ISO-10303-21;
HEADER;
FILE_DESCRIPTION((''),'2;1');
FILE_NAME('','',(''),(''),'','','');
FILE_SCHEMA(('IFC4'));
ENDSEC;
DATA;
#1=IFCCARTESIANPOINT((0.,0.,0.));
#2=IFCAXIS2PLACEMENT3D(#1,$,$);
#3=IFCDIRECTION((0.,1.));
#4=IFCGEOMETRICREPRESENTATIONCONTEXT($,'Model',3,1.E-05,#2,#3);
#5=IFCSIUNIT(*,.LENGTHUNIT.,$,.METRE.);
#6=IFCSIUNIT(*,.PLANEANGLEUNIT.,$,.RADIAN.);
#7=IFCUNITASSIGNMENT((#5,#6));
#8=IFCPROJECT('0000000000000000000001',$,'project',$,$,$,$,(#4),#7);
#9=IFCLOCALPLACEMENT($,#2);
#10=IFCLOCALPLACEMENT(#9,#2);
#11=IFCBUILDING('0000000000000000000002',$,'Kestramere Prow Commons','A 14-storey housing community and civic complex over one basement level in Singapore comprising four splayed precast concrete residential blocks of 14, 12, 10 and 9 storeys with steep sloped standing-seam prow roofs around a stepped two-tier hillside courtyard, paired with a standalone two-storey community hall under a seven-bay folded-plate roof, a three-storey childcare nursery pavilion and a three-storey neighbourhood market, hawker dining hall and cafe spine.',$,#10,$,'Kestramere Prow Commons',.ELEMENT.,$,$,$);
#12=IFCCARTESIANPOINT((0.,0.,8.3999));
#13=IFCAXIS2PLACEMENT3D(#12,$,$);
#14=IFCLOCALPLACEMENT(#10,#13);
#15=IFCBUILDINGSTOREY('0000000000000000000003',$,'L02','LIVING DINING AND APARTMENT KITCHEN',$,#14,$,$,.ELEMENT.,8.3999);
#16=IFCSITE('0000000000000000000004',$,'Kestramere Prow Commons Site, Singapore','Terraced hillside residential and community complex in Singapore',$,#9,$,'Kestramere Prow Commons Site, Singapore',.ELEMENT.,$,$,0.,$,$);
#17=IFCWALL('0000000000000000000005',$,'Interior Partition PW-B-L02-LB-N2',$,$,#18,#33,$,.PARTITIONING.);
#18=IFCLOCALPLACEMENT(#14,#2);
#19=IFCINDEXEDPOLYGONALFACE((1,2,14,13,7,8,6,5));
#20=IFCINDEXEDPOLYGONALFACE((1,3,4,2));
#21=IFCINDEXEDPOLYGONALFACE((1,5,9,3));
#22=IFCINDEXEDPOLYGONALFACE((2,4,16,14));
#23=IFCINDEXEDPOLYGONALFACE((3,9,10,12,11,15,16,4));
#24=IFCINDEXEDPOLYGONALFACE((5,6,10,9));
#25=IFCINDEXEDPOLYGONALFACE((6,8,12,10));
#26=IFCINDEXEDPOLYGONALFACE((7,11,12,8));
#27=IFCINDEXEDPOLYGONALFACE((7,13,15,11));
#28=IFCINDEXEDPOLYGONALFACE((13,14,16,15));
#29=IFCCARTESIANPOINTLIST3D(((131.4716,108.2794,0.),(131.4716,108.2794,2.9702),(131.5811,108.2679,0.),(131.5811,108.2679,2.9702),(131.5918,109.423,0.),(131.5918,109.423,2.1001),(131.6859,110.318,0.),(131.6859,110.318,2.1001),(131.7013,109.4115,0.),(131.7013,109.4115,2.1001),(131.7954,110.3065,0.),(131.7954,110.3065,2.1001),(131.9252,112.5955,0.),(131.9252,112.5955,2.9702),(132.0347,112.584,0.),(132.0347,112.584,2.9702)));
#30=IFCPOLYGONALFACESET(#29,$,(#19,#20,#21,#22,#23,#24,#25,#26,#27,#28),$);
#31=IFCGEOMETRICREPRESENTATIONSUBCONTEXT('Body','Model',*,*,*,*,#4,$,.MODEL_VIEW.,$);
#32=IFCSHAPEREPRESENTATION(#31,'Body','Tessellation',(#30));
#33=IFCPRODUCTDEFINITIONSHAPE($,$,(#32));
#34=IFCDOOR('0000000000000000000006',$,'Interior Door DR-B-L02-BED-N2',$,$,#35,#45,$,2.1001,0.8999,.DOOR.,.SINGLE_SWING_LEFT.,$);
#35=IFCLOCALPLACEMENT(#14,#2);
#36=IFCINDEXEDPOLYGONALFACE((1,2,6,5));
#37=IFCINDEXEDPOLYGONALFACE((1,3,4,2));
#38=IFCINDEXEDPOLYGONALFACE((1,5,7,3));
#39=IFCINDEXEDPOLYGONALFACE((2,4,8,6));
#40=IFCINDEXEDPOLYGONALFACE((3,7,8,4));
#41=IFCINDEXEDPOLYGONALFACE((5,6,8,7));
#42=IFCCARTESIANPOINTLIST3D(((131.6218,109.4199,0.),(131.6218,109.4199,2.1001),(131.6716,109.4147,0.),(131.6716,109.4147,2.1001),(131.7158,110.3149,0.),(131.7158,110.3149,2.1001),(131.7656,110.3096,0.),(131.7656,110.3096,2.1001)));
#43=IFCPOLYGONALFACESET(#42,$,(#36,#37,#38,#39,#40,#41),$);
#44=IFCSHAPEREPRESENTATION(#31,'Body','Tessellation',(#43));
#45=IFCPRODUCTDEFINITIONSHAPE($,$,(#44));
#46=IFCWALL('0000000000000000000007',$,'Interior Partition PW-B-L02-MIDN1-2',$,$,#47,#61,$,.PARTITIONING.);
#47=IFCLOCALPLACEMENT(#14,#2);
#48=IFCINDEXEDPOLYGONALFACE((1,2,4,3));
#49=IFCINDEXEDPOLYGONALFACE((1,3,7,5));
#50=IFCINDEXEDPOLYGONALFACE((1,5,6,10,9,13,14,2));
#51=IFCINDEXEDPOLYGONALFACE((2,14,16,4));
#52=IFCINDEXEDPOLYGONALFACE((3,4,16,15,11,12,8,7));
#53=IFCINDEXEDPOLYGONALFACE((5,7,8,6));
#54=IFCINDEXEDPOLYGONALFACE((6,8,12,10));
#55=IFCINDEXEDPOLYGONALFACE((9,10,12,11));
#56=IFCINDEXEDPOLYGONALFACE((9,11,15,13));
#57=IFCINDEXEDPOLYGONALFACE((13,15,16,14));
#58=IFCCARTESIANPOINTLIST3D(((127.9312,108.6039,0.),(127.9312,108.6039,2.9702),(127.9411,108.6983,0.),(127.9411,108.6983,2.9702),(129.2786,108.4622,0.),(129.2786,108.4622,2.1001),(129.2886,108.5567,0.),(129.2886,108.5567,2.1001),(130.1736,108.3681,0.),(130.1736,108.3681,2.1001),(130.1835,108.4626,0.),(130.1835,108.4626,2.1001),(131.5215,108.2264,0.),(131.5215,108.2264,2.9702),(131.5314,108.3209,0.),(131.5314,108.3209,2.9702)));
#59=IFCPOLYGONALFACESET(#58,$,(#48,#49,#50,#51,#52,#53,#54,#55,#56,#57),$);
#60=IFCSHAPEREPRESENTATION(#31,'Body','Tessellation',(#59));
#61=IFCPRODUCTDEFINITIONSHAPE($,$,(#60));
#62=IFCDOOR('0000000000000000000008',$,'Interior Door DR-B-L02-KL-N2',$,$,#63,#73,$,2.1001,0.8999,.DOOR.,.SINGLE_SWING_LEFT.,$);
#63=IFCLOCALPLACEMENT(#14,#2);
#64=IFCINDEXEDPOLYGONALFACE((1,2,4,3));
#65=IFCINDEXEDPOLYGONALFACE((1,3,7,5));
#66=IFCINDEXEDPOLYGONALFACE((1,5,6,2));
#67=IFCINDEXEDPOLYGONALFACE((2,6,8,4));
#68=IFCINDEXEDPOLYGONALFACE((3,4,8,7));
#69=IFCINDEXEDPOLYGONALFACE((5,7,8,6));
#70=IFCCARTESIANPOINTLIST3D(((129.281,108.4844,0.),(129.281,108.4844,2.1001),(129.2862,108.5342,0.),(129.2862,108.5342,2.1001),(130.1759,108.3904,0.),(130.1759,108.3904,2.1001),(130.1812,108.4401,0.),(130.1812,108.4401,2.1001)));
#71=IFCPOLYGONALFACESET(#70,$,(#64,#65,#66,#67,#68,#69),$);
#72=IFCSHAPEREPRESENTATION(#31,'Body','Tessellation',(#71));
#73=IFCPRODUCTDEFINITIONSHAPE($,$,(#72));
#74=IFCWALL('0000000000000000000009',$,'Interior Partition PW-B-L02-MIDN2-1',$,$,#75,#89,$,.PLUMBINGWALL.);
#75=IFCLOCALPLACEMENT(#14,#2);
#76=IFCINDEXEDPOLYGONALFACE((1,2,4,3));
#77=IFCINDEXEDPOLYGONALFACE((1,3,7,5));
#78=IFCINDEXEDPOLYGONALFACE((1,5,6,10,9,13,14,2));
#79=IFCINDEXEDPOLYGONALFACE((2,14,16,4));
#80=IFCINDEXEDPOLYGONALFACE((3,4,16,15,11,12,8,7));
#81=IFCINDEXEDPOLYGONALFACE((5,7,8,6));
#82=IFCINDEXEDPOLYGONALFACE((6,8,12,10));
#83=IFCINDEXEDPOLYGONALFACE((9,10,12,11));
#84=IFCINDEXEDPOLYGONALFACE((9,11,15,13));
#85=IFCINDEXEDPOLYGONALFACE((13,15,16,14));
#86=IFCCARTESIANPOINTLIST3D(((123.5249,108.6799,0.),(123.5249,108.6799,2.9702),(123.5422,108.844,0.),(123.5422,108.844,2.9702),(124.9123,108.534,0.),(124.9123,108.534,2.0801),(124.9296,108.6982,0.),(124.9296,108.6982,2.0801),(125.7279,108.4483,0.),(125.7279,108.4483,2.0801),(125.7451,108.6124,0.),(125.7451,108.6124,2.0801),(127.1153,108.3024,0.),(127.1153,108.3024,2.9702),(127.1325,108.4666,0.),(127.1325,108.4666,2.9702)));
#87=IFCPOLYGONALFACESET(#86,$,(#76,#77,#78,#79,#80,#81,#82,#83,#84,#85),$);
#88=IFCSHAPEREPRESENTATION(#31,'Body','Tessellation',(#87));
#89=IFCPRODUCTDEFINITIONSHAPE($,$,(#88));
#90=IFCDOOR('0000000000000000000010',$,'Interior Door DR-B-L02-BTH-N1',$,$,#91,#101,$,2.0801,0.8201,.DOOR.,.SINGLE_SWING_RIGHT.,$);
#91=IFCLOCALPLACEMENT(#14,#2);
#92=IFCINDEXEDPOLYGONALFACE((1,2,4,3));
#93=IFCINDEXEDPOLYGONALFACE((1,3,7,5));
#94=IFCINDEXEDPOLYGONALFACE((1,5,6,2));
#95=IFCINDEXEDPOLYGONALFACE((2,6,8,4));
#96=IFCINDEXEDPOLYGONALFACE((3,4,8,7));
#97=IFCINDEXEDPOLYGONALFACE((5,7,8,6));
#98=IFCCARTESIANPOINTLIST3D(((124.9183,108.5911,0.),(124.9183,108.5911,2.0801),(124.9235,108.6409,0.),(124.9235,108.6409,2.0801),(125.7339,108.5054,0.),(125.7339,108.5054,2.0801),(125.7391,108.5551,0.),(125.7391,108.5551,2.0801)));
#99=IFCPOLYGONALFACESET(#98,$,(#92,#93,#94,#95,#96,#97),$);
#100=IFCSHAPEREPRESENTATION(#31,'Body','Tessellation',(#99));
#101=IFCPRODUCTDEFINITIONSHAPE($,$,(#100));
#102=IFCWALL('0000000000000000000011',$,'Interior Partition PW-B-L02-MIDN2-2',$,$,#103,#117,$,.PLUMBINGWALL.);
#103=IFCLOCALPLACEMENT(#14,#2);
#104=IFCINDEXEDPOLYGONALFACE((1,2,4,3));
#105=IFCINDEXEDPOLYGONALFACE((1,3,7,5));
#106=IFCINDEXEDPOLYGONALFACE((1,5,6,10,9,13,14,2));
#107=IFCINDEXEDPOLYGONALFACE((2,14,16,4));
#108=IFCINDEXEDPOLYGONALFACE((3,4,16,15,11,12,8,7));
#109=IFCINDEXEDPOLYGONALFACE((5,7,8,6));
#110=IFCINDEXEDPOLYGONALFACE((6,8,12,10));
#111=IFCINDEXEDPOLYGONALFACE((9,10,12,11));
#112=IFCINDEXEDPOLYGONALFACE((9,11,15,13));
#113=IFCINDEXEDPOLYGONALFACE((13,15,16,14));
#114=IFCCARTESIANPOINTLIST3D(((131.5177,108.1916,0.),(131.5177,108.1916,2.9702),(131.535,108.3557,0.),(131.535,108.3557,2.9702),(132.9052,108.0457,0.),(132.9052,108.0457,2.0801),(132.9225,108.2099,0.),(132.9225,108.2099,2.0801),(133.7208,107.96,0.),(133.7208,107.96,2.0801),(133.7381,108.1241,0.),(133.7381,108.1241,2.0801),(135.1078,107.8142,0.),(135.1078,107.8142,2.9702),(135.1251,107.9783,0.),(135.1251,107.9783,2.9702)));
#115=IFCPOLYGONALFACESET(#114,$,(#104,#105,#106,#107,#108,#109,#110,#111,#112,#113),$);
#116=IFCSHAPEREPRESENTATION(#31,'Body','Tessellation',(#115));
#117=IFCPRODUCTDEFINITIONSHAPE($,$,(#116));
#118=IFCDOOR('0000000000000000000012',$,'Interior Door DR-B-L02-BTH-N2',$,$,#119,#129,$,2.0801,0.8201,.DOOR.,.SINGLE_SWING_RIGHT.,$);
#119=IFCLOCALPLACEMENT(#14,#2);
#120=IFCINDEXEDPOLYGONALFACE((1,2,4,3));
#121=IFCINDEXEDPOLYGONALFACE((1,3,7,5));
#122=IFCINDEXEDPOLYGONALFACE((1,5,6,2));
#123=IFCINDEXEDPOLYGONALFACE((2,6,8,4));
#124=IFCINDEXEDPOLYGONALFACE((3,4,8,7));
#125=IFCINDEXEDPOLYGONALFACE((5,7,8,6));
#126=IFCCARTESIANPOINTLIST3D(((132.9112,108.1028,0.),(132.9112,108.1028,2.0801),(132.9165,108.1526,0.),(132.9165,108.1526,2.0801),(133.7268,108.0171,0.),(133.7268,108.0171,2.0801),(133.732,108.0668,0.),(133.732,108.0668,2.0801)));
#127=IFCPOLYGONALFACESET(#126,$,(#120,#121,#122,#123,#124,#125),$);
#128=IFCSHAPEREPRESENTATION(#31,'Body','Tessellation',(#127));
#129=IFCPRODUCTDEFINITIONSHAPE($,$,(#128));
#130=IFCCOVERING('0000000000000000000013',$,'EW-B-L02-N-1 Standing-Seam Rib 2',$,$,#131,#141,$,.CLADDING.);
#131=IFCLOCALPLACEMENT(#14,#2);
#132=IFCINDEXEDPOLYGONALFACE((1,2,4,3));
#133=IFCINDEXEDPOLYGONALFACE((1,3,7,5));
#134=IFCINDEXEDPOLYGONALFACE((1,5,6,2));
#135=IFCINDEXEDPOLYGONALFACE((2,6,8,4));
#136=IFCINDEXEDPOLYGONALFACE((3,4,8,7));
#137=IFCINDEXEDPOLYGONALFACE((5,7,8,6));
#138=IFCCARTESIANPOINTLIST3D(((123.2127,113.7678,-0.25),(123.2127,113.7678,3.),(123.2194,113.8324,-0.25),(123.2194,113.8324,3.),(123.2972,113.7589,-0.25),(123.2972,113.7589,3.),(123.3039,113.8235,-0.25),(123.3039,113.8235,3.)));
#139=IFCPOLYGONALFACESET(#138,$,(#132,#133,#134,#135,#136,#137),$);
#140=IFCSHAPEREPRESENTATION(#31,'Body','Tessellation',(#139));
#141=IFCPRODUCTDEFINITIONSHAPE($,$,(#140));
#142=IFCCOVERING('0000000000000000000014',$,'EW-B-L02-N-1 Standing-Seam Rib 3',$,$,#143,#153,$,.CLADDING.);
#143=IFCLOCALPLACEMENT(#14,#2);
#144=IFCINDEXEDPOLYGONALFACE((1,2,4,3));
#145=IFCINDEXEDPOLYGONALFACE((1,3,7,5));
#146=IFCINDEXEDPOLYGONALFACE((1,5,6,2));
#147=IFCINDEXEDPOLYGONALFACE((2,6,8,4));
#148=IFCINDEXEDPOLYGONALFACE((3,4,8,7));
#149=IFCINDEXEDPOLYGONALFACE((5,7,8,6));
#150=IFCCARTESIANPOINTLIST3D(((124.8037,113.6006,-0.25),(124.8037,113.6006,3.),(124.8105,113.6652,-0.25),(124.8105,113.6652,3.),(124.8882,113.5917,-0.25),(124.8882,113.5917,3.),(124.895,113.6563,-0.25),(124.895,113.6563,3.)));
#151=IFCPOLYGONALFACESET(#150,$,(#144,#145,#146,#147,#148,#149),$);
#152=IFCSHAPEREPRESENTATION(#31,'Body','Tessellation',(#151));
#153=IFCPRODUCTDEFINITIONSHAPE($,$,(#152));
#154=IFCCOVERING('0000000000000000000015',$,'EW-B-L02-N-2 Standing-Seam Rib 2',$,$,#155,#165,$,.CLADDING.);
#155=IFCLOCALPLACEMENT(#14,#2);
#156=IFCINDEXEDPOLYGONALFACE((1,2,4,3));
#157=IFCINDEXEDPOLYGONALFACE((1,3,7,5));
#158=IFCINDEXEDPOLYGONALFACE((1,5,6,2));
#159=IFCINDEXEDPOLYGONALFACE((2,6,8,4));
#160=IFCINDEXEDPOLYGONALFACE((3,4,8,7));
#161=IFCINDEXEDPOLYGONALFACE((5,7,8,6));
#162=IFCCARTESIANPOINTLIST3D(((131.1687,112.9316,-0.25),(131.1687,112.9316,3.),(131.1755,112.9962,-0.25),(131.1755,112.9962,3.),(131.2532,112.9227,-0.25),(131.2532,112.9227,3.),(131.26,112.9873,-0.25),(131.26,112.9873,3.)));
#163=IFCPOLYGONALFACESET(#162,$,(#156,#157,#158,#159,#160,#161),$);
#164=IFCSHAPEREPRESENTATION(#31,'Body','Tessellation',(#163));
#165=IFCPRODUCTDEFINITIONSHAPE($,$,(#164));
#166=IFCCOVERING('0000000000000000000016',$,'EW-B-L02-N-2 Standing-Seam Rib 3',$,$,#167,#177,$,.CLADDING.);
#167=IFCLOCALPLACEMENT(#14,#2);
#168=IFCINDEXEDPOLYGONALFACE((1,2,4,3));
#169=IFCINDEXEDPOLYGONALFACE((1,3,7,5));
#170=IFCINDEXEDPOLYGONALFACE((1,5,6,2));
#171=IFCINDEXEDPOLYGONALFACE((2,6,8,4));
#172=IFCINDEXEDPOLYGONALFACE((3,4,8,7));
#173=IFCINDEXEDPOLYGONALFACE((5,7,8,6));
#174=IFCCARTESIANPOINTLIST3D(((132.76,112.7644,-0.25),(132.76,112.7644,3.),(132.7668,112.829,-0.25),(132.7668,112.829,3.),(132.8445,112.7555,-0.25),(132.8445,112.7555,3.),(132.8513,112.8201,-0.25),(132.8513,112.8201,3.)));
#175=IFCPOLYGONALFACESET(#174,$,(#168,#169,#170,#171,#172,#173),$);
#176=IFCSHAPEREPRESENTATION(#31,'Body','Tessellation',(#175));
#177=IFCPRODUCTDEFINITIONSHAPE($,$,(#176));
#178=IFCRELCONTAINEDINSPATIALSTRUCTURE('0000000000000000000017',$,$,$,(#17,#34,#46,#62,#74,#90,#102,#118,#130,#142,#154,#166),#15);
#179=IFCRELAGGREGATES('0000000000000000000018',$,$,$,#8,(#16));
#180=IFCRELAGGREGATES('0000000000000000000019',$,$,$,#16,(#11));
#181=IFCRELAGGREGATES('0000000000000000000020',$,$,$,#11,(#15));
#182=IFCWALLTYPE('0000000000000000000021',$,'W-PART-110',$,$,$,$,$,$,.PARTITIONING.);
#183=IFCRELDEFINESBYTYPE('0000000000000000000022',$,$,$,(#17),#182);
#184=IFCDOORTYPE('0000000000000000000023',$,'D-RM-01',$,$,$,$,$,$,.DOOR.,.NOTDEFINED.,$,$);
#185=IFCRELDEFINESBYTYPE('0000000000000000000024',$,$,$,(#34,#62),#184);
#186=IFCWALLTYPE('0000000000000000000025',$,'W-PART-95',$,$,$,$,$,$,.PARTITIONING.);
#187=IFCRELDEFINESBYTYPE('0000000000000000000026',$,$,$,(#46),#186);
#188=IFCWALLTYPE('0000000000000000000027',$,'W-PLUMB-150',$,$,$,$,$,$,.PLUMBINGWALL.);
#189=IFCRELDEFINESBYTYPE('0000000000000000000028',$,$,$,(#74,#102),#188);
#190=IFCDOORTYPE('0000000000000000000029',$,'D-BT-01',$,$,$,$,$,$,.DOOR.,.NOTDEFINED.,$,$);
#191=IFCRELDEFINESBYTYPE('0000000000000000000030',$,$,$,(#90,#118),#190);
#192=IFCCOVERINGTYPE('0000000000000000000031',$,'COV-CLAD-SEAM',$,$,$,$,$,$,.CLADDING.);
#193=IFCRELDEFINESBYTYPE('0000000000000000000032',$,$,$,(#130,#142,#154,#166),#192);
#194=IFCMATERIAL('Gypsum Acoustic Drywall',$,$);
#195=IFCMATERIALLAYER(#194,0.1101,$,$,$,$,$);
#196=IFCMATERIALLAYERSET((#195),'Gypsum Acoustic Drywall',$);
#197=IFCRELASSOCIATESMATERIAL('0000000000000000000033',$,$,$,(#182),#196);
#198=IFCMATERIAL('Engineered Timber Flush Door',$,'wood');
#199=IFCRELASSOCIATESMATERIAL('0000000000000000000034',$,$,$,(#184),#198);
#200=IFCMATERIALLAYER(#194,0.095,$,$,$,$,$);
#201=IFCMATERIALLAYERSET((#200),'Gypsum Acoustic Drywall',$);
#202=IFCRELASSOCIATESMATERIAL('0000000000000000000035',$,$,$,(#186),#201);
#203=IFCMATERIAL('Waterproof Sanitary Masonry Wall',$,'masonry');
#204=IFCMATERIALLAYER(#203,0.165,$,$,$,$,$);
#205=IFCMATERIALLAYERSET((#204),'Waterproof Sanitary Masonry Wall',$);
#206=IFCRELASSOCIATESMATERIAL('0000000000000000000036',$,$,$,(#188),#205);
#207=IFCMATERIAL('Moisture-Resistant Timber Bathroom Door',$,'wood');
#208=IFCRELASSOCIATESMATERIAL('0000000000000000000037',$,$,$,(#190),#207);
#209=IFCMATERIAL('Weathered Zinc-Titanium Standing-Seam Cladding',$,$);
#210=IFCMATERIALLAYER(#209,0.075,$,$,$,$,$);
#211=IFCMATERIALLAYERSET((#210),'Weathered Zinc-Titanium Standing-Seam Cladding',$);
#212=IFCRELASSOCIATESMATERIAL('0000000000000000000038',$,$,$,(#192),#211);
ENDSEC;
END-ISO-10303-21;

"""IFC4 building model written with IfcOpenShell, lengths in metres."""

from ifc_helpers import new_model, si_unit, direction, frame, frame_2d, origin, origin_2d, place, context, subcontext, project, spatial, rectangle, extrude, material, layer, layer_set, type_object, element, fill, save


model = new_model("IFC4")

# Units and contexts
model_context = context("Model", 3, precision=1e-05, world=origin(), true_north=direction((0.0, 1.0)))
body_context = subcontext(model_context, "Body", "Model", "MODEL_VIEW")
ifc_project = project(units=[si_unit("LENGTHUNIT", "METRE"), si_unit("PLANEANGLEUNIT", "RADIAN")], contexts=[model_context])

# Site, building, storey
site_placement = place(None, origin())
site = spatial("IfcSite", under=ifc_project, at=site_placement, Name="Kestramere Prow Commons Site, Singapore", Description="Terraced hillside residential and community complex in Singapore", LongName="Kestramere Prow Commons Site, Singapore", CompositionType="ELEMENT", RefElevation=0.0)
building_placement = place(site_placement, origin())
building = spatial("IfcBuilding", under=site, at=building_placement, Name="Kestramere Prow Commons", Description="A 14-storey housing community and civic complex over one basement level in Singapore comprising four splayed precast concrete residential blocks of 14, 12, 10 and 9 storeys with steep sloped standing-seam prow roofs around a stepped two-tier hillside courtyard, paired with a standalone two-storey community hall under a seven-bay folded-plate roof, a three-storey childcare nursery pavilion and a three-storey neighbourhood market, hawker dining hall and cafe spine.", LongName="Kestramere Prow Commons", CompositionType="ELEMENT")
storey_placement = place(building_placement, frame((0.0, 0.0, 8.3999)))
storey = spatial("IfcBuildingStorey", under=building, at=storey_placement, Name="L02", Description="LIVING DINING AND APARTMENT KITCHEN", CompositionType="ELEMENT", Elevation=8.3999)

# Walls, openings, doors
ifc_material_1 = material(Name="Gypsum Acoustic Drywall")
ifc_layer_1 = layer(ifc_material_1, 0.1101)
ifc_layer_set_1 = layer_set([ifc_layer_1], Name="Gypsum Acoustic Drywall")
wall_type_1 = type_object("IfcWallType", Name="W-PART-110", PredefinedType="PARTITIONING", material=ifc_layer_set_1)
wall_1_placement = place(storey_placement, frame((131.5264, 108.2737, 0.0), z_axis=(0.0, 0.0, 1.0), x_axis=(0.104521, 0.994523, 0.0)))
wall_1 = element("IfcWall", 1, at=wall_1_placement, inside=storey, type_object=wall_type_1, Name="Interior Partition PW-B-L02-LB-N2", PredefinedType="PARTITIONING", context=body_context, shape_type="SweptSolid", body=[
    extrude(rectangle(XDim=4.3398, YDim=0.1101, at=frame_2d((2.1699, 0.0))), origin(), (0.0, 0.0, 1.0), 2.9702),
])
opening_1_placement = place(wall_1_placement, frame((1.1499, 0.0, 0.0)))
opening_1 = element("IfcOpeningElement", 2, at=opening_1_placement, cuts=wall_1, PredefinedType="OPENING", context=body_context, shape_type="SweptSolid", body=[
    extrude(rectangle(XDim=0.8999, YDim=2.1001, at=frame_2d((0.45, 1.05))), frame((0.0, 0.0701, 0.0), z_axis=(0.0, -1.0, 0.0), x_axis=(1.0, 0.0, 0.0)), (0.0, 0.0, 1.0), 0.1401),
])
ifc_material_2 = material(Name="Engineered Timber Flush Door", Category="wood")
door_type_1 = type_object("IfcDoorType", Name="D-RM-01", OperationType="NOTDEFINED", PredefinedType="DOOR", material=ifc_material_2)
door_1_placement = place(opening_1_placement, origin())
door_1 = element("IfcDoor", 3, at=door_1_placement, inside=storey, type_object=door_type_1, Name="Interior Door DR-B-L02-BED-N2", OperationType="SINGLE_SWING_LEFT", OverallHeight=2.1001, OverallWidth=0.8999, PredefinedType="DOOR", context=body_context, shape_type="SweptSolid", body=[
    extrude(rectangle(XDim=0.8999, YDim=2.1001, at=frame_2d((0.45, 1.05))), frame((0.0, 0.0249, 0.0), z_axis=(0.0, -1.0, 0.0), x_axis=(1.0, 0.0, 0.0)), (0.0, 0.0, 1.0), 0.05),
])
fill(opening_1, door_1)
ifc_layer_2 = layer(ifc_material_1, 0.095)
ifc_layer_set_2 = layer_set([ifc_layer_2], Name="Gypsum Acoustic Drywall")
wall_type_2 = type_object("IfcWallType", Name="W-PART-95", PredefinedType="PARTITIONING", material=ifc_layer_set_2)
wall_2_placement = place(storey_placement, frame((127.936, 108.6511, 0.0), z_axis=(0.0, 0.0, 1.0), x_axis=(0.99452, -0.104551, 0.0)))
wall_2 = element("IfcWall", 4, at=wall_2_placement, inside=storey, type_object=wall_type_2, Name="Interior Partition PW-B-L02-MIDN1-2", PredefinedType="PARTITIONING", context=body_context, shape_type="SweptSolid", body=[
    extrude(rectangle(XDim=3.6101, YDim=0.095, at=frame_2d((1.8052, 0.0))), origin(), (0.0, 0.0, 1.0), 2.9702),
])
opening_2_placement = place(wall_2_placement, frame((1.355, 0.0, 0.0)))
opening_2 = element("IfcOpeningElement", 5, at=opening_2_placement, cuts=wall_2, PredefinedType="OPENING", context=body_context, shape_type="SweptSolid", body=[
    extrude(rectangle(XDim=0.8999, YDim=2.1001, at=frame_2d((0.45, 1.05))), frame((0.0, 0.0625, 0.0), z_axis=(0.0, -1.0, 0.0), x_axis=(1.0, 0.0, 0.0)), (0.0, 0.0, 1.0), 0.125),
])
door_2_placement = place(opening_2_placement, origin())
door_2 = element("IfcDoor", 6, at=door_2_placement, inside=storey, type_object=door_type_1, Name="Interior Door DR-B-L02-KL-N2", OperationType="SINGLE_SWING_LEFT", OverallHeight=2.1001, OverallWidth=0.8999, PredefinedType="DOOR", context=body_context, shape_type="SweptSolid", body=[
    extrude(rectangle(XDim=0.8999, YDim=2.1001, at=frame_2d((0.45, 1.05))), frame((0.0, 0.0249, 0.0), z_axis=(0.0, -1.0, 0.0), x_axis=(1.0, 0.0, 0.0)), (0.0, 0.0, 1.0), 0.05),
])
fill(opening_2, door_2)
ifc_material_3 = material(Name="Waterproof Sanitary Masonry Wall", Category="masonry")
ifc_layer_3 = layer(ifc_material_3, 0.165)
ifc_layer_set_3 = layer_set([ifc_layer_3], Name="Waterproof Sanitary Masonry Wall")
wall_type_3 = type_object("IfcWallType", Name="W-PLUMB-150", PredefinedType="PLUMBINGWALL", material=ifc_layer_set_3)
wall_3_placement = place(storey_placement, frame((123.5334, 108.762, 0.0), z_axis=(0.0, 0.0, 1.0), x_axis=(0.99452, -0.104551, 0.0)))
wall_3 = element("IfcWall", 7, at=wall_3_placement, inside=storey, type_object=wall_type_3, Name="Interior Partition PW-B-L02-MIDN2-1", PredefinedType="PLUMBINGWALL", context=body_context, shape_type="SweptSolid", body=[
    extrude(rectangle(XDim=3.6101, YDim=0.165, at=frame_2d((1.8052, 0.0))), origin(), (0.0, 0.0, 1.0), 2.9702),
])
opening_3_placement = place(wall_3_placement, frame((1.395, 0.0, 0.0)))
opening_3 = element("IfcOpeningElement", 8, at=opening_3_placement, cuts=wall_3, PredefinedType="OPENING", context=body_context, shape_type="SweptSolid", body=[
    extrude(rectangle(XDim=0.8201, YDim=2.0801, at=frame_2d((0.4102, 1.04))), frame((0.0, 0.0974, 0.0), z_axis=(0.0, -1.0, 0.0), x_axis=(1.0, 0.0, 0.0)), (0.0, 0.0, 1.0), 0.1951),
])
ifc_material_4 = material(Name="Moisture-Resistant Timber Bathroom Door", Category="wood")
door_type_2 = type_object("IfcDoorType", Name="D-BT-01", OperationType="NOTDEFINED", PredefinedType="DOOR", material=ifc_material_4)
door_3_placement = place(opening_3_placement, origin())
door_3 = element("IfcDoor", 9, at=door_3_placement, inside=storey, type_object=door_type_2, Name="Interior Door DR-B-L02-BTH-N1", OperationType="SINGLE_SWING_RIGHT", OverallHeight=2.0801, OverallWidth=0.8201, PredefinedType="DOOR", context=body_context, shape_type="SweptSolid", body=[
    extrude(rectangle(XDim=0.8201, YDim=2.0801, at=frame_2d((0.4102, 1.04))), frame((0.0, 0.0249, 0.0), z_axis=(0.0, -1.0, 0.0), x_axis=(1.0, 0.0, 0.0)), (0.0, 0.0, 1.0), 0.05),
])
fill(opening_3, door_3)
wall_4_placement = place(storey_placement, frame((131.5264, 108.2737, 0.0), z_axis=(0.0, 0.0, 1.0), x_axis=(0.994519, -0.104558, 0.0)))
wall_4 = element("IfcWall", 10, at=wall_4_placement, inside=storey, type_object=wall_type_3, Name="Interior Partition PW-B-L02-MIDN2-2", PredefinedType="PLUMBINGWALL", context=body_context, shape_type="SweptSolid", body=[
    extrude(rectangle(XDim=3.6099, YDim=0.165, at=frame_2d((1.8049, 0.0))), origin(), (0.0, 0.0, 1.0), 2.9702),
])
opening_4_placement = place(wall_4_placement, frame((1.395, 0.0, 0.0)))
opening_4 = element("IfcOpeningElement", 11, at=opening_4_placement, cuts=wall_4, PredefinedType="OPENING", context=body_context, shape_type="SweptSolid", body=[
    extrude(rectangle(XDim=0.8201, YDim=2.0801, at=frame_2d((0.4102, 1.04))), frame((0.0, 0.0974, 0.0), z_axis=(0.0, -1.0, 0.0), x_axis=(1.0, 0.0, 0.0)), (0.0, 0.0, 1.0), 0.1951),
])
door_4_placement = place(opening_4_placement, origin())
door_4 = element("IfcDoor", 12, at=door_4_placement, inside=storey, type_object=door_type_2, Name="Interior Door DR-B-L02-BTH-N2", OperationType="SINGLE_SWING_RIGHT", OverallHeight=2.0801, OverallWidth=0.8201, PredefinedType="DOOR", context=body_context, shape_type="SweptSolid", body=[
    extrude(rectangle(XDim=0.8201, YDim=2.0801, at=frame_2d((0.4102, 1.04))), frame((0.0, 0.0249, 0.0), z_axis=(0.0, -1.0, 0.0), x_axis=(1.0, 0.0, 0.0)), (0.0, 0.0, 1.0), 0.05),
])
fill(opening_4, door_4)

# Coverings
ifc_material_5 = material(Name="Weathered Zinc-Titanium Standing-Seam Cladding")
ifc_layer_4 = layer(ifc_material_5, 0.075)
ifc_layer_set_4 = layer_set([ifc_layer_4], Name="Weathered Zinc-Titanium Standing-Seam Cladding")
covering_type = type_object("IfcCoveringType", Name="COV-CLAD-SEAM", PredefinedType="CLADDING", material=ifc_layer_set_4)
for number, where, z_axis, x_axis, name in (
    (13, (123.2583, 113.7957, -0.25), (0.0, 0.0, 1.0), (0.994522, -0.104528, 0.0), "EW-B-L02-N-1 Standing-Seam Rib 2"),
    (14, (124.8494, 113.6284, -0.25), (0.0, 0.0, 1.0), (0.994522, -0.104528, 0.0), "EW-B-L02-N-1 Standing-Seam Rib 3"),
    (15, (131.2144, 112.9595, -0.25), (0.0, 0.0, 1.0), (0.994522, -0.104528, 0.0), "EW-B-L02-N-2 Standing-Seam Rib 2"),
    (16, (132.8057, 112.7922, -0.25), (0.0, 0.0, 1.0), (0.994522, -0.104528, 0.0), "EW-B-L02-N-2 Standing-Seam Rib 3"),
):
    element("IfcCovering", number, at=place(storey_placement, frame(where, z_axis=z_axis, x_axis=x_axis)), inside=storey, type_object=covering_type, Name=name, PredefinedType="CLADDING", context=body_context, shape_type="SweptSolid", body=[
        extrude(rectangle(XDim=0.085, YDim=0.0649, at=origin_2d()), origin(), (0.0, 0.0, 1.0), 3.25),
    ])

save(model, "model.ifc")
